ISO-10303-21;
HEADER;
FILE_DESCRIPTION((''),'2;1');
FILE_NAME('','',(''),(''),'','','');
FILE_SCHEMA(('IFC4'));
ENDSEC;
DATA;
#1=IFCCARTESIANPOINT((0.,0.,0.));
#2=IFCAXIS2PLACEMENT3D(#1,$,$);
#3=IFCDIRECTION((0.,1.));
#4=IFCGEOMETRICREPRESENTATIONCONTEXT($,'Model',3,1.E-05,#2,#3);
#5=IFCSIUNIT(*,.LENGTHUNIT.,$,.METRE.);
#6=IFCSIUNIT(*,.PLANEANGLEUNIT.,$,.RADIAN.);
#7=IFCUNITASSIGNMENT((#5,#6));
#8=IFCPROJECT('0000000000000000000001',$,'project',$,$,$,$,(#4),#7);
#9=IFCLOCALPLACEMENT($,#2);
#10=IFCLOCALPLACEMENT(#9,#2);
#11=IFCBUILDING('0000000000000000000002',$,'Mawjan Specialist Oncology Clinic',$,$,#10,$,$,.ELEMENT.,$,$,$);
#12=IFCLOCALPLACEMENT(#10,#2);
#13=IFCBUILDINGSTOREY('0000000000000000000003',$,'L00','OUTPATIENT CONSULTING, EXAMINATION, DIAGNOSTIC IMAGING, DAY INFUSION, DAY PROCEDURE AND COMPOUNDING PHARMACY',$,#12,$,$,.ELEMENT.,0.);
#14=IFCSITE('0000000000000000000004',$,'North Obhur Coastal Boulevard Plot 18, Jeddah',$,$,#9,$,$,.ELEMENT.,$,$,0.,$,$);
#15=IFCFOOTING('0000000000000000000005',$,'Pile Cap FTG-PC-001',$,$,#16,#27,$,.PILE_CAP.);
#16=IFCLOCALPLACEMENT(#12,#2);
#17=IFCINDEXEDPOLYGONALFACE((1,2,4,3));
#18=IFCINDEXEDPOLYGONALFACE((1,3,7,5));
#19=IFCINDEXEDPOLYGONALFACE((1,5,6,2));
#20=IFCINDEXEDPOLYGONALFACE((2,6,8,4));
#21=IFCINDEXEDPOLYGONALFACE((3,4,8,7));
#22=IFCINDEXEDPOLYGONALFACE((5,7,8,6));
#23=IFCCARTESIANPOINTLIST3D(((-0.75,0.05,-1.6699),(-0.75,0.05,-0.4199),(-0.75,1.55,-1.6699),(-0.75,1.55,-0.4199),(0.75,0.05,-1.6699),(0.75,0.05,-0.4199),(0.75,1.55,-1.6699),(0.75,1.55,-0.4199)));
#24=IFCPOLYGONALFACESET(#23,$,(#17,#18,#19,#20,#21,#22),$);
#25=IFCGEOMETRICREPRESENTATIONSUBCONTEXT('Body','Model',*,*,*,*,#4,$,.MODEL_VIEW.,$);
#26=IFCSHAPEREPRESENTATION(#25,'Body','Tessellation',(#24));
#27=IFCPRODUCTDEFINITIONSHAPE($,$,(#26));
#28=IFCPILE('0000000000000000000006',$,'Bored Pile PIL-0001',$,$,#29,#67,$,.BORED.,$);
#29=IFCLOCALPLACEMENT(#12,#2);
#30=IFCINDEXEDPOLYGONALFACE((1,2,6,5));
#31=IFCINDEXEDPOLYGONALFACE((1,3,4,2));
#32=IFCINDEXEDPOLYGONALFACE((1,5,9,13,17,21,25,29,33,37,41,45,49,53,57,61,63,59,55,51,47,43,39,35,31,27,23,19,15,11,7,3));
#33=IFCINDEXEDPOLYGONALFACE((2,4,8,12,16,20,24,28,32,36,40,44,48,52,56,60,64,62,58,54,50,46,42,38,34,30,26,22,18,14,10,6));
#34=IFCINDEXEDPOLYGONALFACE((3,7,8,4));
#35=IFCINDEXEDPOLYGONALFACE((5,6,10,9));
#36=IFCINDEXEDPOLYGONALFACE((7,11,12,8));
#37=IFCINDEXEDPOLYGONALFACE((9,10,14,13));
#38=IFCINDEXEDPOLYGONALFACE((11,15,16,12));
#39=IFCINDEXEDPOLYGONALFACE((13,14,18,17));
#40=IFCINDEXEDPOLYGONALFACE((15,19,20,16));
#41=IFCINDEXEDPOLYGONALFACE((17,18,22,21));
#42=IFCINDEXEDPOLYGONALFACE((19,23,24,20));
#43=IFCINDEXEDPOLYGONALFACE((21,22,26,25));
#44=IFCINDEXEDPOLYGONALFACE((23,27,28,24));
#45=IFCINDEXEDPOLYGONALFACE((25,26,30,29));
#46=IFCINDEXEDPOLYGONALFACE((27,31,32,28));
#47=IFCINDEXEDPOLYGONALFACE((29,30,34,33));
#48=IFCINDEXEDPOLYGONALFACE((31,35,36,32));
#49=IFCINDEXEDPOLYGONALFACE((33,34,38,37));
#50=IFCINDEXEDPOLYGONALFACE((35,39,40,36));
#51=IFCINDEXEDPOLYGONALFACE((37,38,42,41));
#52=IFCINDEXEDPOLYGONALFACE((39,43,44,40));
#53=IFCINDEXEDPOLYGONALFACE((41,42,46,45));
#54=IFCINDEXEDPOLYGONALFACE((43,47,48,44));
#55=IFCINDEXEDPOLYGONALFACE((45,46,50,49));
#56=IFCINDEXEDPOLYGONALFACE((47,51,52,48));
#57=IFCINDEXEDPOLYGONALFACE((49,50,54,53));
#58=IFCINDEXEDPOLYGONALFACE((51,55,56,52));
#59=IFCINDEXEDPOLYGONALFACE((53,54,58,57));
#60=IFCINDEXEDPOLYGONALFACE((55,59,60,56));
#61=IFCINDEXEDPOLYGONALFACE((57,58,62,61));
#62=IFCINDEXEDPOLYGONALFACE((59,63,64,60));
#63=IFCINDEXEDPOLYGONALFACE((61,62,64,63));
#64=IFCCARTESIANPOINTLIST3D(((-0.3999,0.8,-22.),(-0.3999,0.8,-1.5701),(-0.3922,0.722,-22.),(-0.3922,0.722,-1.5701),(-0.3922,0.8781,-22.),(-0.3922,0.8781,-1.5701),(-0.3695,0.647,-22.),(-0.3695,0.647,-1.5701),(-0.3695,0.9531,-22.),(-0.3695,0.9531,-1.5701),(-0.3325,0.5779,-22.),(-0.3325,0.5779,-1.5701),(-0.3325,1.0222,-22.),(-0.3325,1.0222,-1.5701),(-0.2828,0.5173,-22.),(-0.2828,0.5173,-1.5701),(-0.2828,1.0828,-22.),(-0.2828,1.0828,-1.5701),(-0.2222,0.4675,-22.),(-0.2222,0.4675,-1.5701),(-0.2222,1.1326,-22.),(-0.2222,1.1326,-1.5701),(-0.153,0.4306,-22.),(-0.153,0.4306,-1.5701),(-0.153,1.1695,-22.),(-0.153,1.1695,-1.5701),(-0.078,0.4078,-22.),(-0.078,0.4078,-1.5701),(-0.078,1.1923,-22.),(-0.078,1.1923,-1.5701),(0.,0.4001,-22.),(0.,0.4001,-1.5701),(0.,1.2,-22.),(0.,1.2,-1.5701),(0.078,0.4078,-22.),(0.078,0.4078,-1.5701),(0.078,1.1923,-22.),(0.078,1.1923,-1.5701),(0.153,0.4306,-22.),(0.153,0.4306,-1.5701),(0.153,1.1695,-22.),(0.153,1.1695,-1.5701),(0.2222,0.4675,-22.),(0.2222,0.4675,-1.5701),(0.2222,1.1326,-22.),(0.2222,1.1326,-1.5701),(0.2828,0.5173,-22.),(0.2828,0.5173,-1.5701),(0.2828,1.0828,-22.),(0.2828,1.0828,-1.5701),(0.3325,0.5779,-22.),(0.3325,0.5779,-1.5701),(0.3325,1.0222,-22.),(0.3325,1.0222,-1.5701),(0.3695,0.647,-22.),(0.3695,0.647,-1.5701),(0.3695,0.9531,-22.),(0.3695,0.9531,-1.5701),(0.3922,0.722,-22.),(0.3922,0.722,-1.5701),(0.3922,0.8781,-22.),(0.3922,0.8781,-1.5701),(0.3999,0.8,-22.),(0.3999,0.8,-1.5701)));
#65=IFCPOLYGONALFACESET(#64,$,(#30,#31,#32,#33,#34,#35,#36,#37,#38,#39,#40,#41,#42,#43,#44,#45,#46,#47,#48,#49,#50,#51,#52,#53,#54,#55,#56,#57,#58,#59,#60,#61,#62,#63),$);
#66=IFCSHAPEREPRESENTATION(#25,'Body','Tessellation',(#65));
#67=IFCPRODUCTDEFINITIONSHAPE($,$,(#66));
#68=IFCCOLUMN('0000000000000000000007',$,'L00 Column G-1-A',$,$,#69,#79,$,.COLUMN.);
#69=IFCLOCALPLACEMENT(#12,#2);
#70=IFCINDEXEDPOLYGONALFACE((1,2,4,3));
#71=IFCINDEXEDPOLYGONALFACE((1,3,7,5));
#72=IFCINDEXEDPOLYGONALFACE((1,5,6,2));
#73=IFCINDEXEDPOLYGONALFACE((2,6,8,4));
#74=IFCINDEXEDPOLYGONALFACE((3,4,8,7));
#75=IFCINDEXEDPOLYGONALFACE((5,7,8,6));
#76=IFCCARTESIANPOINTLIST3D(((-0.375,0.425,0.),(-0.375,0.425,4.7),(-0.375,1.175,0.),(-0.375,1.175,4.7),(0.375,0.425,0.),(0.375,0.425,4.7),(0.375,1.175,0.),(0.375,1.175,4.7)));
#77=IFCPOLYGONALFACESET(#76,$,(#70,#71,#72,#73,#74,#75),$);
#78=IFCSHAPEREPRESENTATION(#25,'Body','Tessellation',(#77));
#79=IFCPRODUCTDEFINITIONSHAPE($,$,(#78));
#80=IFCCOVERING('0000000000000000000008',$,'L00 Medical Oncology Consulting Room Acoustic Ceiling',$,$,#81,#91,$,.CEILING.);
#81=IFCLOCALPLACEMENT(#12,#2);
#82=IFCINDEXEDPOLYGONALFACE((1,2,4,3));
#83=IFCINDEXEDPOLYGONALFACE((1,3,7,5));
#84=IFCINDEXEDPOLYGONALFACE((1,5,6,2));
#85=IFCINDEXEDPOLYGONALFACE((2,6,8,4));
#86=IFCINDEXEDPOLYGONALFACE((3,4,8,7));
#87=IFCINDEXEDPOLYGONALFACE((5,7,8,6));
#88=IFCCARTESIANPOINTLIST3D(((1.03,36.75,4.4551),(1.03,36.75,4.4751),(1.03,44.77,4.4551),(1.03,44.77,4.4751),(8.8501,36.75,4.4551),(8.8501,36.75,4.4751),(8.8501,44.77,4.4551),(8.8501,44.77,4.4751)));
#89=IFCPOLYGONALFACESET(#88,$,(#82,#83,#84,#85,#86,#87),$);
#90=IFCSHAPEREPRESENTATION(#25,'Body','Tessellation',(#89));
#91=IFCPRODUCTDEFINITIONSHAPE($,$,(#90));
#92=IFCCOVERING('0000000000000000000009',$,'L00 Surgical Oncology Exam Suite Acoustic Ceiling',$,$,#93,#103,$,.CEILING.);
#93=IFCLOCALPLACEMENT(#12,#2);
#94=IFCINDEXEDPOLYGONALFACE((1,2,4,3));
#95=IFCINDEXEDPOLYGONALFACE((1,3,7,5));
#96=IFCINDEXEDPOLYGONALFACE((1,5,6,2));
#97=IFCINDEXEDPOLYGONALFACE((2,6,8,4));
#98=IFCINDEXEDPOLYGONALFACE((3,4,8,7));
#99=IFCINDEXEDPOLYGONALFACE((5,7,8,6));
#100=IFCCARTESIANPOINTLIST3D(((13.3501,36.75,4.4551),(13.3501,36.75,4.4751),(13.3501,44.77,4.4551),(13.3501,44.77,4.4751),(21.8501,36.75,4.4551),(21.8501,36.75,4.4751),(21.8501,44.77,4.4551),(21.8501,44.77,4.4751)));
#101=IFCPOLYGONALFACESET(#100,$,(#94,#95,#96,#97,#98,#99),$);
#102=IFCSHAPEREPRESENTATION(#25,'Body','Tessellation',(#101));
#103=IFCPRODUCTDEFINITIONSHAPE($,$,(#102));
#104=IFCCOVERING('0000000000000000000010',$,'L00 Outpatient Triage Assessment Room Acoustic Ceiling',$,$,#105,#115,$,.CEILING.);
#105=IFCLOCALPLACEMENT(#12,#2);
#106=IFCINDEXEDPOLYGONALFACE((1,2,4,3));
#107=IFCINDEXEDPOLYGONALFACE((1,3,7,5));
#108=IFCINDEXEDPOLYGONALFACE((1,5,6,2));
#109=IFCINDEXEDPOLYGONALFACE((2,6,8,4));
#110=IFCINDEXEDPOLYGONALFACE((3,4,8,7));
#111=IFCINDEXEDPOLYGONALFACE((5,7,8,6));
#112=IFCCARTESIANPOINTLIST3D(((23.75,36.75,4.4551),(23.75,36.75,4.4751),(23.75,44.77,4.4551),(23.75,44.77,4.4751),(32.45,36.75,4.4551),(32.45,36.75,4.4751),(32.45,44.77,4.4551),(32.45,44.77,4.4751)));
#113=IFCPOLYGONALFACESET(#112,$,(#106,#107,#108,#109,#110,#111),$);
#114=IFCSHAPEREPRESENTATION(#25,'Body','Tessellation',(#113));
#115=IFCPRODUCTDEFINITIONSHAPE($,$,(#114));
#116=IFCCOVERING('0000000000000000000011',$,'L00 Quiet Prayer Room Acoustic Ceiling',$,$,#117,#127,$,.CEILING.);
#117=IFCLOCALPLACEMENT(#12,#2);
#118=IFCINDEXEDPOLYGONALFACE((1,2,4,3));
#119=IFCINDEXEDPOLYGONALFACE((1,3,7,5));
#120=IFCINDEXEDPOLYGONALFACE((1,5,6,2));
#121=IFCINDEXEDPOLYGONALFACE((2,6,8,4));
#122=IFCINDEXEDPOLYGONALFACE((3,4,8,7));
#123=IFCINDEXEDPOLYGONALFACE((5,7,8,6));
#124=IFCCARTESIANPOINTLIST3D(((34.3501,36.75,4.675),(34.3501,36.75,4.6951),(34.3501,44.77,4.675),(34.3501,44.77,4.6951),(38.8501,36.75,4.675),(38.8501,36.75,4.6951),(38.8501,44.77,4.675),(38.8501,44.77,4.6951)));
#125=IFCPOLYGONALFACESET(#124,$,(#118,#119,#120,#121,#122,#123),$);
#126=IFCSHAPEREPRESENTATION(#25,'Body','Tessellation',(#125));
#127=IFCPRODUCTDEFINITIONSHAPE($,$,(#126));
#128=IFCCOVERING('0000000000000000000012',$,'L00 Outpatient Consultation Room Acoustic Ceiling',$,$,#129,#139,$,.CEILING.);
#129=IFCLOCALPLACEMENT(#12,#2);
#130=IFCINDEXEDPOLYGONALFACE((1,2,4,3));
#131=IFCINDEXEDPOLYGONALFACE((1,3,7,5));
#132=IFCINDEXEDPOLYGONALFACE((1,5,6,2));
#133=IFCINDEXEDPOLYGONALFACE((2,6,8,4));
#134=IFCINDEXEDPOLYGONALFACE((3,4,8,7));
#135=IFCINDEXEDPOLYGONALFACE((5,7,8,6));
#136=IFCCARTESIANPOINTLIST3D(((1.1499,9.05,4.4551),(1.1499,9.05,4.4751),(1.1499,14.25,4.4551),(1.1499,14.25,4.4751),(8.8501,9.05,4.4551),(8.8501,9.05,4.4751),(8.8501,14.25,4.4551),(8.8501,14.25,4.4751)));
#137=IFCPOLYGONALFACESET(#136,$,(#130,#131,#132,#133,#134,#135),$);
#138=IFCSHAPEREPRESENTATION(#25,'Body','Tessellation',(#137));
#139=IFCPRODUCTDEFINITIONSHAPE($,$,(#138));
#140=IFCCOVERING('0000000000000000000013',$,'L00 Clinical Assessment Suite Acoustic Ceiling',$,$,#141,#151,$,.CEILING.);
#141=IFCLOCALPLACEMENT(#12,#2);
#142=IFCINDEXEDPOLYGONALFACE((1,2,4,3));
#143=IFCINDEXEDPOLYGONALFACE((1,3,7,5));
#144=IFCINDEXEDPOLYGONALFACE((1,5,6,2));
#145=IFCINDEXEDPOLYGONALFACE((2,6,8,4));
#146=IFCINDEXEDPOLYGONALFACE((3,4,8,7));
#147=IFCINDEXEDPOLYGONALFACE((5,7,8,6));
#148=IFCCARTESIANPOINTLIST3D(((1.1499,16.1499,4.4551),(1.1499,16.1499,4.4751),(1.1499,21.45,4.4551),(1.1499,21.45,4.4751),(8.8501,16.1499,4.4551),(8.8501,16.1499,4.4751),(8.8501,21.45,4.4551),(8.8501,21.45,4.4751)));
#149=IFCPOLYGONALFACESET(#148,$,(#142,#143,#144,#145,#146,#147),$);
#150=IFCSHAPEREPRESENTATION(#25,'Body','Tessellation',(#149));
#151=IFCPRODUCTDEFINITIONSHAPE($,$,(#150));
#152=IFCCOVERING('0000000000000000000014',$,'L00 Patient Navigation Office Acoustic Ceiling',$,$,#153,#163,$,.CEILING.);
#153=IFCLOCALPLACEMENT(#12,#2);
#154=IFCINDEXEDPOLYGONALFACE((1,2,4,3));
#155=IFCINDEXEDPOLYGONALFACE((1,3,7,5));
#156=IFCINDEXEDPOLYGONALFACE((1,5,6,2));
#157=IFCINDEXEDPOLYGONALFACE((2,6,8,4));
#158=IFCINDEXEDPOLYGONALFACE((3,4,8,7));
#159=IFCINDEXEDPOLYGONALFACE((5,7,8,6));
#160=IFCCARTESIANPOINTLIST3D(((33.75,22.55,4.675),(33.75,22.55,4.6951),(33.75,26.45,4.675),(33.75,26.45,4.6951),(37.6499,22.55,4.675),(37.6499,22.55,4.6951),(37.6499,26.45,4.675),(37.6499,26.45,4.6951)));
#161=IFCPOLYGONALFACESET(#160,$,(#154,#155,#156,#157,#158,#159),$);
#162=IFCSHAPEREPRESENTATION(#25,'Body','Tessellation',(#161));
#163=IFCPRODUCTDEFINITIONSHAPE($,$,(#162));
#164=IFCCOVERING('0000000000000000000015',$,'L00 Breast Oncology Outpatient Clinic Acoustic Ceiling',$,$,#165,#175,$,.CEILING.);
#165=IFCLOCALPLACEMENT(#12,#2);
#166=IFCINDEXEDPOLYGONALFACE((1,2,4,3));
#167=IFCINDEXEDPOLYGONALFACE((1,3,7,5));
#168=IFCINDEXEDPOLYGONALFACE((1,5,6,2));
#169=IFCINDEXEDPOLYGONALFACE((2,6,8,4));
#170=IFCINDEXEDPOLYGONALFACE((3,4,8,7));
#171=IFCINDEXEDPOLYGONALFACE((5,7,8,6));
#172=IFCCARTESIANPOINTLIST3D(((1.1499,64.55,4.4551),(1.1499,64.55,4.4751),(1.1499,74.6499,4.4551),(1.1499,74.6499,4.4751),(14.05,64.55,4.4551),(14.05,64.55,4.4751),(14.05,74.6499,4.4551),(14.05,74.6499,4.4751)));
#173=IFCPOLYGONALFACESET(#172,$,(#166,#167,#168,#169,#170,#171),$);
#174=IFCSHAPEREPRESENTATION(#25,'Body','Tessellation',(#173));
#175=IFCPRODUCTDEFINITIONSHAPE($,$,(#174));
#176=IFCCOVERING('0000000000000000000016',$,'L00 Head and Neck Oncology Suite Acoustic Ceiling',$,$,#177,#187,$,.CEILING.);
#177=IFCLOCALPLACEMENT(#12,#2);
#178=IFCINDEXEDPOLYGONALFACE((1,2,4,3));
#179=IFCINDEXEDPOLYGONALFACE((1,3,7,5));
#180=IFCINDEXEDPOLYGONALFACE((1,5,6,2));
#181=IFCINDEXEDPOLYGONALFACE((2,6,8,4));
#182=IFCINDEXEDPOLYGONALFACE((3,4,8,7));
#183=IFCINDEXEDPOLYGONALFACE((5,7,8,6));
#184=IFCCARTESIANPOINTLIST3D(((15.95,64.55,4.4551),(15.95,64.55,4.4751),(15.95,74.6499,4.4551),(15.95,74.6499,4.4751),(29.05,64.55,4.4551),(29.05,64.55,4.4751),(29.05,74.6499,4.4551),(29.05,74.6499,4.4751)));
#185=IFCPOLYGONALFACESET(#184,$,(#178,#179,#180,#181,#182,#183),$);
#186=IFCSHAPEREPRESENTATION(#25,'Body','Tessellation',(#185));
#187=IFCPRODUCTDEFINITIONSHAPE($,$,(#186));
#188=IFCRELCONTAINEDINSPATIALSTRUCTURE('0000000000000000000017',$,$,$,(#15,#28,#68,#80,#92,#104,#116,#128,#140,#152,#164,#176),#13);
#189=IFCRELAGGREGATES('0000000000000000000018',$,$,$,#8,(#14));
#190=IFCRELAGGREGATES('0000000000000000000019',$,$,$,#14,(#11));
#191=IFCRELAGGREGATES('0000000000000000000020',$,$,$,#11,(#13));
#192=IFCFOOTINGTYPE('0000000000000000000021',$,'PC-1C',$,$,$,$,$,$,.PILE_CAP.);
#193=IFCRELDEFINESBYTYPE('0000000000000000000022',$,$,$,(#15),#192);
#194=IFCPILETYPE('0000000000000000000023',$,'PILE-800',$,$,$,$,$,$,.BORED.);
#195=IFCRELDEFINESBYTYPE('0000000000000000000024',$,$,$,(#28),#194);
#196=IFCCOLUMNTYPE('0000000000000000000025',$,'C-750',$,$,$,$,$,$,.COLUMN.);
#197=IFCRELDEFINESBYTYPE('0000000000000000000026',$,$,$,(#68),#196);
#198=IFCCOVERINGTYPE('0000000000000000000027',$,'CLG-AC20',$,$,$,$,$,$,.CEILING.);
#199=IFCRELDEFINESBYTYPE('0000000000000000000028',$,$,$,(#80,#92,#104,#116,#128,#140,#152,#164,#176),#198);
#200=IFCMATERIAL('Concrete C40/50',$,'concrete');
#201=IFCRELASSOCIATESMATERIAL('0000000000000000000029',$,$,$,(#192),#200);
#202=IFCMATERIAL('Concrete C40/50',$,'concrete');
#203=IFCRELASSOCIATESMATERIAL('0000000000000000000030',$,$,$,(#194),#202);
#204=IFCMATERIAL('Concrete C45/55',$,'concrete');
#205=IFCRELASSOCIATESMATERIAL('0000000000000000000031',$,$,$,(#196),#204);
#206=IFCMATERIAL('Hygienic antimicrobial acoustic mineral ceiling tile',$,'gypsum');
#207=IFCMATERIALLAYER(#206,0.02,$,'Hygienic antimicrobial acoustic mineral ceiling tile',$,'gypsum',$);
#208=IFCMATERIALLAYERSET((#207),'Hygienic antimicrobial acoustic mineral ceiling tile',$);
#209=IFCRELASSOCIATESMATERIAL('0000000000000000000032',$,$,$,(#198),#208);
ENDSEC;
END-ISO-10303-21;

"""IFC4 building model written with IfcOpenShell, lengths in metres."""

from ifc_helpers import new_model, si_unit, direction, frame, origin, origin_2d, place, context, subcontext, project, spatial, polyline, rectangle, circle, outline, extrude, material, layer, layer_set, material_profile, profile_set, type_object, element, save


model = new_model("IFC4")

# Units and contexts
model_context = context("Model", 3, precision=1e-05, world=origin(), true_north=direction((0.0, 1.0)))
body_context = subcontext(model_context, "Body", "Model", "MODEL_VIEW")
ifc_project = project(units=[si_unit("LENGTHUNIT", "METRE"), si_unit("PLANEANGLEUNIT", "RADIAN")], contexts=[model_context])

# Site, building, storey
site_placement = place(None, origin())
site = spatial("IfcSite", under=ifc_project, at=site_placement, Name="North Obhur Coastal Boulevard Plot 18, Jeddah", CompositionType="ELEMENT", RefElevation=0.0)
building_placement = place(site_placement, origin())
building = spatial("IfcBuilding", under=site, at=building_placement, Name="Mawjan Specialist Oncology Clinic", CompositionType="ELEMENT")
storey_placement = place(building_placement, origin())
storey = spatial("IfcBuildingStorey", under=building, at=storey_placement, Name="L00", Description="OUTPATIENT CONSULTING, EXAMINATION, DIAGNOSTIC IMAGING, DAY INFUSION, DAY PROCEDURE AND COMPOUNDING PHARMACY", CompositionType="ELEMENT", Elevation=0.0)

# Footing
ifc_material_1 = material(Name="Concrete C40/50", Category="concrete")
footing_type = type_object("IfcFootingType", Name="PC-1C", PredefinedType="PILE_CAP", material=ifc_material_1)
footing_placement = place(storey_placement, frame((0.0, 0.8, -1.6699), z_axis=(0.0, 0.0, 1.0), x_axis=(1.0, 0.0, 0.0)))
element("IfcFooting", 1, at=footing_placement, inside=storey, type_object=footing_type, Name="Pile Cap FTG-PC-001", PredefinedType="PILE_CAP", context=body_context, shape_type="SweptSolid", body=[
    extrude(rectangle(XDim=1.5, YDim=1.5, at=origin_2d()), origin(), (0.0, 0.0, 1.0), 1.25),
])

# Pile
ifc_material_2 = material(Name="Concrete C40/50", Category="concrete")
ifc_material_profile_1 = material_profile(ifc_material_2, circle(Radius=0.3999, at=origin_2d()), Name="BORED PILE D800", Category="concrete")
ifc_profile_set_1 = profile_set([ifc_material_profile_1], Name="Concrete C40/50")
pile_type = type_object("IfcPileType", Name="PILE-800", PredefinedType="BORED", material=ifc_profile_set_1)
pile_placement = place(storey_placement, frame((0.0, 0.8, -1.5701), z_axis=(0.0, 0.0, -1.0), x_axis=(1.0, 0.0, 0.0)))
element("IfcPile", 2, at=pile_placement, inside=storey, type_object=pile_type, Name="Bored Pile PIL-0001", PredefinedType="BORED", context=body_context, shape_type="SweptSolid", body=[
    extrude(circle(Radius=0.3999, at=origin_2d()), origin(), (0.0, 0.0, 1.0), 20.4299),
])

# Column
ifc_material_3 = material(Name="Concrete C45/55", Category="concrete")
ifc_material_profile_2 = material_profile(ifc_material_3, rectangle(XDim=0.75, YDim=0.75, at=origin_2d()), Name="RC COL 750x750", Category="concrete")
ifc_profile_set_2 = profile_set([ifc_material_profile_2], Name="Concrete C45/55")
column_type = type_object("IfcColumnType", Name="C-750", PredefinedType="COLUMN", material=ifc_profile_set_2)
column_placement = place(storey_placement, frame((0.0, 0.8, 0.0), z_axis=(0.0, 0.0, 1.0), x_axis=(1.0, 0.0, 0.0)))
element("IfcColumn", 3, at=column_placement, inside=storey, type_object=column_type, Name="L00 Column G-1-A", PredefinedType="COLUMN", context=body_context, shape_type="SweptSolid", body=[
    extrude(rectangle(XDim=0.75, YDim=0.75, at=origin_2d()), origin(), (0.0, 0.0, 1.0), 4.7),
])

# Coverings
ifc_material_4 = material(Name="Hygienic antimicrobial acoustic mineral ceiling tile", Category="gypsum")
ifc_layer_1 = layer(ifc_material_4, 0.02, Name="Hygienic antimicrobial acoustic mineral ceiling tile", Category="gypsum")
ifc_layer_set_1 = layer_set([ifc_layer_1], Name="Hygienic antimicrobial acoustic mineral ceiling tile")
covering_type_1 = type_object("IfcCoveringType", Name="CLG-AC20", PredefinedType="CEILING", material=ifc_layer_set_1)
covering_1_placement = place(storey_placement, frame((0.0, 0.0, 4.4551)))
element("IfcCovering", 4, at=covering_1_placement, inside=storey, type_object=covering_type_1, Name="L00 Medical Oncology Consulting Room Acoustic Ceiling", PredefinedType="CEILING", context=body_context, shape_type="SweptSolid", body=[
    extrude(outline(polyline([(1.03, 44.77), (8.8501, 44.77), (8.8501, 36.75), (1.03, 36.75), (1.03, 44.77)])), origin(), (0.0, 0.0, 1.0), 0.02),
])
covering_2_placement = place(storey_placement, frame((0.0, 0.0, 4.4551)))
element("IfcCovering", 5, at=covering_2_placement, inside=storey, type_object=covering_type_1, Name="L00 Surgical Oncology Exam Suite Acoustic Ceiling", PredefinedType="CEILING", context=body_context, shape_type="SweptSolid", body=[
    extrude(outline(polyline([(13.3501, 44.77), (21.8501, 44.77), (21.8501, 36.75), (13.3501, 36.75), (13.3501, 44.77)])), origin(), (0.0, 0.0, 1.0), 0.02),
])
covering_3_placement = place(storey_placement, frame((0.0, 0.0, 4.4551)))
element("IfcCovering", 6, at=covering_3_placement, inside=storey, type_object=covering_type_1, Name="L00 Outpatient Triage Assessment Room Acoustic Ceiling", PredefinedType="CEILING", context=body_context, shape_type="SweptSolid", body=[
    extrude(outline(polyline([(23.75, 44.77), (32.45, 44.77), (32.45, 36.75), (23.75, 36.75), (23.75, 44.77)])), origin(), (0.0, 0.0, 1.0), 0.02),
])
covering_4_placement = place(storey_placement, frame((0.0, 0.0, 4.675)))
element("IfcCovering", 7, at=covering_4_placement, inside=storey, type_object=covering_type_1, Name="L00 Quiet Prayer Room Acoustic Ceiling", PredefinedType="CEILING", context=body_context, shape_type="SweptSolid", body=[
    extrude(outline(polyline([(34.3501, 44.77), (38.8501, 44.77), (38.8501, 36.75), (34.3501, 36.75), (34.3501, 44.77)])), origin(), (0.0, 0.0, 1.0), 0.02),
])
covering_5_placement = place(storey_placement, frame((0.0, 0.0, 4.4551)))
element("IfcCovering", 8, at=covering_5_placement, inside=storey, type_object=covering_type_1, Name="L00 Outpatient Consultation Room Acoustic Ceiling", PredefinedType="CEILING", context=body_context, shape_type="SweptSolid", body=[
    extrude(outline(polyline([(1.1499, 14.25), (8.8501, 14.25), (8.8501, 9.05), (1.1499, 9.05), (1.1499, 14.25)])), origin(), (0.0, 0.0, 1.0), 0.02),
])
covering_6_placement = place(storey_placement, frame((0.0, 0.0, 4.4551)))
element("IfcCovering", 9, at=covering_6_placement, inside=storey, type_object=covering_type_1, Name="L00 Clinical Assessment Suite Acoustic Ceiling", PredefinedType="CEILING", context=body_context, shape_type="SweptSolid", body=[
    extrude(outline(polyline([(1.1499, 21.45), (8.8501, 21.45), (8.8501, 16.1499), (1.1499, 16.1499), (1.1499, 21.45)])), origin(), (0.0, 0.0, 1.0), 0.02),
])
covering_7_placement = place(storey_placement, frame((0.0, 0.0, 4.675)))
element("IfcCovering", 10, at=covering_7_placement, inside=storey, type_object=covering_type_1, Name="L00 Patient Navigation Office Acoustic Ceiling", PredefinedType="CEILING", context=body_context, shape_type="SweptSolid", body=[
    extrude(outline(polyline([(33.75, 26.45), (37.6499, 26.45), (37.6499, 22.55), (33.75, 22.55), (33.75, 26.45)])), origin(), (0.0, 0.0, 1.0), 0.02),
])
covering_8_placement = place(storey_placement, frame((0.0, 0.0, 4.4551)))
element("IfcCovering", 11, at=covering_8_placement, inside=storey, type_object=covering_type_1, Name="L00 Breast Oncology Outpatient Clinic Acoustic Ceiling", PredefinedType="CEILING", context=body_context, shape_type="SweptSolid", body=[
    extrude(outline(polyline([(1.1499, 74.6499), (14.05, 74.6499), (14.05, 64.55), (1.1499, 64.55), (1.1499, 74.6499)])), origin(), (0.0, 0.0, 1.0), 0.02),
])
covering_9_placement = place(storey_placement, frame((0.0, 0.0, 4.4551)))
element("IfcCovering", 12, at=covering_9_placement, inside=storey, type_object=covering_type_1, Name="L00 Head and Neck Oncology Suite Acoustic Ceiling", PredefinedType="CEILING", context=body_context, shape_type="SweptSolid", body=[
    extrude(outline(polyline([(15.95, 74.6499), (29.05, 74.6499), (29.05, 64.55), (15.95, 64.55), (15.95, 74.6499)])), origin(), (0.0, 0.0, 1.0), 0.02),
])

save(model, "model.ifc")
